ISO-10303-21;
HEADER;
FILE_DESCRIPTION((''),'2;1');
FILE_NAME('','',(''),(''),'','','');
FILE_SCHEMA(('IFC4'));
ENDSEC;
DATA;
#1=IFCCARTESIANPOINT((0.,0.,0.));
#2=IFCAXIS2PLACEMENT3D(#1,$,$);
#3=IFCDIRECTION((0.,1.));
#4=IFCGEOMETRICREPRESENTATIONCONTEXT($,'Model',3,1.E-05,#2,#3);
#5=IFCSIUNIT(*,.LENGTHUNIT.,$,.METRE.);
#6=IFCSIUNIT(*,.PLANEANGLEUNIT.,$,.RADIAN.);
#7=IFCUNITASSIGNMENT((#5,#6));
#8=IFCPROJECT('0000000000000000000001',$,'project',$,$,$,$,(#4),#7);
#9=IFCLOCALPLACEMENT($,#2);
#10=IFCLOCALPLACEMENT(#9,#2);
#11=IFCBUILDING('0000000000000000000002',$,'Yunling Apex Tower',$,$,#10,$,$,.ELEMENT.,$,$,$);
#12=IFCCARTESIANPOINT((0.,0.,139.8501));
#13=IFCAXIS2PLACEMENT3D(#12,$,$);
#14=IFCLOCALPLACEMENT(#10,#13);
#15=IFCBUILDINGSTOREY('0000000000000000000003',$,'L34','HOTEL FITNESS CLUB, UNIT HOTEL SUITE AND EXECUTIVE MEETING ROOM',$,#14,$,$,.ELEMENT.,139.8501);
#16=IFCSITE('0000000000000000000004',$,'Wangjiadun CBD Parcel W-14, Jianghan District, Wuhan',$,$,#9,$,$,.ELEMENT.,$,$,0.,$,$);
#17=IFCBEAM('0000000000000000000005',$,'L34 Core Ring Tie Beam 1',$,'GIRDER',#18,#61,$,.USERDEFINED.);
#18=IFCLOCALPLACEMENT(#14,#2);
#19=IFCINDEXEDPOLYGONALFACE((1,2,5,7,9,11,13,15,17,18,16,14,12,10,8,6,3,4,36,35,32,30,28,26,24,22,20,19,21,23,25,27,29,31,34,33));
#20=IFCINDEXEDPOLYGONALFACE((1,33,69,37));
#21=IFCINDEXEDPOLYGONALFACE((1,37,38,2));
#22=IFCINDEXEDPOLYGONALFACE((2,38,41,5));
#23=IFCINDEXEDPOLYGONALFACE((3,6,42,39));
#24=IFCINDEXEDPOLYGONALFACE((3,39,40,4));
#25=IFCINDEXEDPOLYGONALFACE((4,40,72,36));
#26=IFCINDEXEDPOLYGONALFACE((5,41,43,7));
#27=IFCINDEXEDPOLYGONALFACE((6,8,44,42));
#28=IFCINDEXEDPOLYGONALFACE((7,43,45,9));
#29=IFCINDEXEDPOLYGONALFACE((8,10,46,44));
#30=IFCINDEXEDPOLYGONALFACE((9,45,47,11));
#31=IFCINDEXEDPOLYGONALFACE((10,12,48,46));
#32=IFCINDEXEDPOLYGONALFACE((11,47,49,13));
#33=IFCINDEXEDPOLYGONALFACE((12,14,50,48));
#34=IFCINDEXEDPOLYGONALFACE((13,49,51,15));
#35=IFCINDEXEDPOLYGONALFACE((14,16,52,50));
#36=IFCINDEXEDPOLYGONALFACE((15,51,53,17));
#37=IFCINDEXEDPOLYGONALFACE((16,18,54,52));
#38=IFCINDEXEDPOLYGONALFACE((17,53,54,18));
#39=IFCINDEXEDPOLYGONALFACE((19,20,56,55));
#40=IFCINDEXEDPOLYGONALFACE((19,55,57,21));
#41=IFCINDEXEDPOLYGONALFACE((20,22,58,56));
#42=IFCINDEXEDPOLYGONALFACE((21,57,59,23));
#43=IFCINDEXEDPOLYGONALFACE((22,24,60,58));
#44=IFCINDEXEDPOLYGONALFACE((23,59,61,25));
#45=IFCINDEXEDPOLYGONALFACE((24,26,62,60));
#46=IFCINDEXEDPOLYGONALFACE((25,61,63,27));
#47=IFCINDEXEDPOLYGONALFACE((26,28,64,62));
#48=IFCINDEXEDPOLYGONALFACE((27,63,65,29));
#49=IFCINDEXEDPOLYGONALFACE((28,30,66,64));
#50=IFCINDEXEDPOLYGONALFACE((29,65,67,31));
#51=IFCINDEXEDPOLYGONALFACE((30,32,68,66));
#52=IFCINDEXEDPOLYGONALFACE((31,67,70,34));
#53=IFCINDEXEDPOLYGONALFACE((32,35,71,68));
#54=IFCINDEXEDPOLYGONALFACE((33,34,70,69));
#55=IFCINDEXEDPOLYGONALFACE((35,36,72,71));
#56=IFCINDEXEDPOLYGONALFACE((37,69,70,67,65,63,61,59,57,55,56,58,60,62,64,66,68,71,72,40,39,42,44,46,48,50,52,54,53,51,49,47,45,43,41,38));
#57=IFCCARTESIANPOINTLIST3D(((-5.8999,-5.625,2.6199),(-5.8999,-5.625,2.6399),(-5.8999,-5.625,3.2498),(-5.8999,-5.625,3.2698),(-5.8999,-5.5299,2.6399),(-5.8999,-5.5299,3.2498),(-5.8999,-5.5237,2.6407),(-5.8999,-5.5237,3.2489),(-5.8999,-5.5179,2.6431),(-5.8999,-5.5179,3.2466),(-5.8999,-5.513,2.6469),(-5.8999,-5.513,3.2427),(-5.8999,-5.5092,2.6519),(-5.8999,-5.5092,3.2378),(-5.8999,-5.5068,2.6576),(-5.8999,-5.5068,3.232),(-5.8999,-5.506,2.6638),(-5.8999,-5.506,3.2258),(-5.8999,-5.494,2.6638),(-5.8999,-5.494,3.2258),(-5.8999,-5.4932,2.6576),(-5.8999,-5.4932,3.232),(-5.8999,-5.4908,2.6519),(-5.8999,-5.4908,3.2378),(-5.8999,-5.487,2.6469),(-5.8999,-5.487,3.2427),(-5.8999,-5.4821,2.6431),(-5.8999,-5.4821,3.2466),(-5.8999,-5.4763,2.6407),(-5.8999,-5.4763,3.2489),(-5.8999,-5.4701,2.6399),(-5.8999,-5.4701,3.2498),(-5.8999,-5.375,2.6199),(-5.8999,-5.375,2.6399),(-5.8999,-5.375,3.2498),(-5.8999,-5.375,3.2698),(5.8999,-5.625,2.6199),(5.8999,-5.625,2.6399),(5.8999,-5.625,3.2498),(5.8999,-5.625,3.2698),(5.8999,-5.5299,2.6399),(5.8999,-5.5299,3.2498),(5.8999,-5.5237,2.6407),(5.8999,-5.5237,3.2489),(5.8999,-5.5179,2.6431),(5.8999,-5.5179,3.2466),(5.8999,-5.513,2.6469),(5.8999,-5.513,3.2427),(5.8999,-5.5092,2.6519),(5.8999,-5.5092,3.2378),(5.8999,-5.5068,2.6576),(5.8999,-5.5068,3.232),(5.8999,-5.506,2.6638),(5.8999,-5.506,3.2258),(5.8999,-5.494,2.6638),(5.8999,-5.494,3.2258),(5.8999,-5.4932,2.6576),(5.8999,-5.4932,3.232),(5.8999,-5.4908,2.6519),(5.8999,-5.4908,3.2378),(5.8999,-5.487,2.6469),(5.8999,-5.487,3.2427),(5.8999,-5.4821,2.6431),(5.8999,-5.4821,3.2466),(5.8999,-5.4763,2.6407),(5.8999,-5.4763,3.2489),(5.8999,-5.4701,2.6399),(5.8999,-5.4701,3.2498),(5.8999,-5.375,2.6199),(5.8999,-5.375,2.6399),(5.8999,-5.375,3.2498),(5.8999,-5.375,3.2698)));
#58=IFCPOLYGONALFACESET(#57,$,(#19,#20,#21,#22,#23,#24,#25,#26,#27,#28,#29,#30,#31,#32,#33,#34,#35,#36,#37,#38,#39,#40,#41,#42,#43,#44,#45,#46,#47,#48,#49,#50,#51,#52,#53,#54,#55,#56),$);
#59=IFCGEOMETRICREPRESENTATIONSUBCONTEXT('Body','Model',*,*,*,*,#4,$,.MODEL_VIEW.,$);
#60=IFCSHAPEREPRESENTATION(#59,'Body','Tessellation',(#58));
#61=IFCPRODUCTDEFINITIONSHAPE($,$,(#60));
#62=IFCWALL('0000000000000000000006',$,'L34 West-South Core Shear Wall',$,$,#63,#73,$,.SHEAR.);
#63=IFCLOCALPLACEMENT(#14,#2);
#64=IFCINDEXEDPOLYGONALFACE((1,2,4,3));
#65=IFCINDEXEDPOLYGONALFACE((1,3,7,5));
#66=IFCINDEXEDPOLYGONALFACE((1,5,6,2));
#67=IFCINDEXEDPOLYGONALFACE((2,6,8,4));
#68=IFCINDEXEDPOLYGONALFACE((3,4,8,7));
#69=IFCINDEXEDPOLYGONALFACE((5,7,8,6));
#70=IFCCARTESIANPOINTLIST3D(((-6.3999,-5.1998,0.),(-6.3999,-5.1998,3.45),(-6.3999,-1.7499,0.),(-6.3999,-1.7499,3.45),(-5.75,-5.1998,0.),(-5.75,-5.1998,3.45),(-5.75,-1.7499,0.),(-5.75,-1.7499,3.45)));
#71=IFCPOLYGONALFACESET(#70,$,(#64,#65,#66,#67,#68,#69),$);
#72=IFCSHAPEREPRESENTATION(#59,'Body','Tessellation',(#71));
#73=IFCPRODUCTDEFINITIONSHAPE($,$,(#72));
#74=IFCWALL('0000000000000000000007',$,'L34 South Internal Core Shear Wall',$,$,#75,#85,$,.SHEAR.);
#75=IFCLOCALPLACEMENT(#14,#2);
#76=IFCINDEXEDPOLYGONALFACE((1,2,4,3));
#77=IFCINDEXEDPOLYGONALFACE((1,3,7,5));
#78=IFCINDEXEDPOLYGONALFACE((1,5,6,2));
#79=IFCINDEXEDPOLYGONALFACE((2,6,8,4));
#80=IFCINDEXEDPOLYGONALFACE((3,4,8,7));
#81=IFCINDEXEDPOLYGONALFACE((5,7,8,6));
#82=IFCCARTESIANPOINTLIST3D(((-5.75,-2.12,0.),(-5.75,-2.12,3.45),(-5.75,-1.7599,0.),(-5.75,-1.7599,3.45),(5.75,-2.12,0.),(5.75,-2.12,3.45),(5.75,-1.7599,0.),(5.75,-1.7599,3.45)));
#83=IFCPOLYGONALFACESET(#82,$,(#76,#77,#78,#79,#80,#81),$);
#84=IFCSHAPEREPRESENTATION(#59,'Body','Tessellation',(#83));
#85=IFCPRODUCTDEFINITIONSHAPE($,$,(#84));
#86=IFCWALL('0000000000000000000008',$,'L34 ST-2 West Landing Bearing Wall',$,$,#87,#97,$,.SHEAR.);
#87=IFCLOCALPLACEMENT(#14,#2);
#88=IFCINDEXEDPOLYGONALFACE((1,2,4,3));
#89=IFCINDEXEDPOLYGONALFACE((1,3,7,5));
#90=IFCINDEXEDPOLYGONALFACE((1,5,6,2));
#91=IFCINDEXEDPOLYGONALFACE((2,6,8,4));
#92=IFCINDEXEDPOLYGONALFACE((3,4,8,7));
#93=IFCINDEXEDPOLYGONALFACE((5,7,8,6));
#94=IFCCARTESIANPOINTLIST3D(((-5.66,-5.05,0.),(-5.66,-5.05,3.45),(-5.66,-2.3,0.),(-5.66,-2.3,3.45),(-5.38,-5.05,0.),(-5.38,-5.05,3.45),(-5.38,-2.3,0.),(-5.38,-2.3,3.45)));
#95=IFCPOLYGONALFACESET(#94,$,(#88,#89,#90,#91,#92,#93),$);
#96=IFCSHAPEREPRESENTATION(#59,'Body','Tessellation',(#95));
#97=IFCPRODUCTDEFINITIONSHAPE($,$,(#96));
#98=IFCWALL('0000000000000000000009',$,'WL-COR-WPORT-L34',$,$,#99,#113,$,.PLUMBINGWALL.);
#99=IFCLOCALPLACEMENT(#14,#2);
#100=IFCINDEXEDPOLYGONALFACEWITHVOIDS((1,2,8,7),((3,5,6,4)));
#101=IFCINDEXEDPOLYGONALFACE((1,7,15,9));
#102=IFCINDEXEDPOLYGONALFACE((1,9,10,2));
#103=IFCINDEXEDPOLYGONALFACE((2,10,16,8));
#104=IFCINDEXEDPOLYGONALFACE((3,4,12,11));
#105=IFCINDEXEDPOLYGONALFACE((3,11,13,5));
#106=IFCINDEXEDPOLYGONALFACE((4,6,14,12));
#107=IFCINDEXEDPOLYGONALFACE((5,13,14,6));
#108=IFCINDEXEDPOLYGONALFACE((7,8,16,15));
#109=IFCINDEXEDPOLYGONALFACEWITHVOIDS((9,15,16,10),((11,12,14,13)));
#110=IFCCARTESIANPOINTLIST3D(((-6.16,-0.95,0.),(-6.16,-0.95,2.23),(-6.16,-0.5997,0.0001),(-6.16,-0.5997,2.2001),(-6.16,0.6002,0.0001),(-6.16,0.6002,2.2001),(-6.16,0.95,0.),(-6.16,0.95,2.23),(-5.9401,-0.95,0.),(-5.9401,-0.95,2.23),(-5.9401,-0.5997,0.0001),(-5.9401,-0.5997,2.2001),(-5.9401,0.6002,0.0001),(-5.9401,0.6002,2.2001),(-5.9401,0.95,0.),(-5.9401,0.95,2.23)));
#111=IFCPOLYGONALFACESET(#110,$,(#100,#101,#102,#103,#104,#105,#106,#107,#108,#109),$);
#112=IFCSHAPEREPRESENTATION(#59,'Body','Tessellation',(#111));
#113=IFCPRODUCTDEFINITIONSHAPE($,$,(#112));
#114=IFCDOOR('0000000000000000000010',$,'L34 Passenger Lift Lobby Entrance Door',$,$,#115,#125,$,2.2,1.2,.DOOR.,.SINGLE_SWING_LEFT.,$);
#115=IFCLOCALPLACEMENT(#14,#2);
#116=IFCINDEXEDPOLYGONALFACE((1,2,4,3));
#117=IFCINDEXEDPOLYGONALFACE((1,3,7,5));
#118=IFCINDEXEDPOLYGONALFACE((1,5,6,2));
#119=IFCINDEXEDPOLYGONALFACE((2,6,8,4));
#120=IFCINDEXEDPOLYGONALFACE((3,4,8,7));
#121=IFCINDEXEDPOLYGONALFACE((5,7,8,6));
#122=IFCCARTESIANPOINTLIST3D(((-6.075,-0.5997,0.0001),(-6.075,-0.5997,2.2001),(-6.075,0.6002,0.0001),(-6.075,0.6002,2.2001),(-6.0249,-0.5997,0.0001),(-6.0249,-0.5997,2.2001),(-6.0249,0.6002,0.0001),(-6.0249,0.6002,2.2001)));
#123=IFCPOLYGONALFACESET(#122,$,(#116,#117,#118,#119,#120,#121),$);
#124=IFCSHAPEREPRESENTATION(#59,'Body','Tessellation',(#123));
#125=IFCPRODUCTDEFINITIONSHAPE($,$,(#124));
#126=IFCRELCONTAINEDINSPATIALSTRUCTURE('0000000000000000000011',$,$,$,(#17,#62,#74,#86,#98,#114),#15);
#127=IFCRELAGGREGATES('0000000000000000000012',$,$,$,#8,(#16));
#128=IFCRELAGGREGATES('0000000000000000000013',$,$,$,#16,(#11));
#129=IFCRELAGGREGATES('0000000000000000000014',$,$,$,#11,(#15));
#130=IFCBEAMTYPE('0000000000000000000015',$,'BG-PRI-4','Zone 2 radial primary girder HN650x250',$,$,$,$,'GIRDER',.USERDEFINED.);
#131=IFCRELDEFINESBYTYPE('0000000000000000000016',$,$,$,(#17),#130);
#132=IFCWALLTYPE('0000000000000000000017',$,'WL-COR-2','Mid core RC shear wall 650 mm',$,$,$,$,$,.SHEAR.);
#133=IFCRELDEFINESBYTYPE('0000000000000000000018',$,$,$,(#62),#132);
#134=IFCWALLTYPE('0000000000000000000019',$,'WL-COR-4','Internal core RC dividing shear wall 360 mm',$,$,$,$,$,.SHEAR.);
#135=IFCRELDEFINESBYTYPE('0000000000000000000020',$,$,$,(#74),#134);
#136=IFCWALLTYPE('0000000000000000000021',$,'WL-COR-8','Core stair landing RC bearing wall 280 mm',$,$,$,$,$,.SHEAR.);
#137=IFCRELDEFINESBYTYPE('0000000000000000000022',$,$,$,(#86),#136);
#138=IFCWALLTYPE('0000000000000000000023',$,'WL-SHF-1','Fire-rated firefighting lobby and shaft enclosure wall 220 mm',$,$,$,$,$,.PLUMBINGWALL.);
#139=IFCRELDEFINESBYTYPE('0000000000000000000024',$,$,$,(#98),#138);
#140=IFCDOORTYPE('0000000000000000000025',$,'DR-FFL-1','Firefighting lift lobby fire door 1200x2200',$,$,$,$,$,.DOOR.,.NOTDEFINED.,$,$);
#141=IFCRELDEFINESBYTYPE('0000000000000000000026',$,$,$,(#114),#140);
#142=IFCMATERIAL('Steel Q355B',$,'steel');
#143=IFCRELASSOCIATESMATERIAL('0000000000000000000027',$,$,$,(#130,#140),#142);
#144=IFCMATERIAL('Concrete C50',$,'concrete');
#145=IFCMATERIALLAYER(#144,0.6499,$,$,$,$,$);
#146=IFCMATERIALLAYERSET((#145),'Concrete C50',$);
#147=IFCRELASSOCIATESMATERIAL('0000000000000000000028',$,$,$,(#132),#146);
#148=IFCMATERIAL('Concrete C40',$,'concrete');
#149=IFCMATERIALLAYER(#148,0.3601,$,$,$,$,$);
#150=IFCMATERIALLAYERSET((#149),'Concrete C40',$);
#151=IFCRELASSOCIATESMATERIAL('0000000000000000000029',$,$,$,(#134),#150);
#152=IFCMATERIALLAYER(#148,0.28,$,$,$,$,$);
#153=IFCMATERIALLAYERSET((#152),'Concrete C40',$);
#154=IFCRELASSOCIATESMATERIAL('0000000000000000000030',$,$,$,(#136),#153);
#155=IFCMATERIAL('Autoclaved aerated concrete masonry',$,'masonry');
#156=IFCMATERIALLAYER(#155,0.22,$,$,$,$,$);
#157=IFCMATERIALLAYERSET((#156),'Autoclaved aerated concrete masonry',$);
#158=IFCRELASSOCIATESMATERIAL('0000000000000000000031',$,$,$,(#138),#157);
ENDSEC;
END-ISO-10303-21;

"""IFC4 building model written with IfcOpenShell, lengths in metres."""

from ifc_helpers import new_model, si_unit, direction, frame, frame_2d, origin, origin_2d, place, context, subcontext, project, spatial, rectangle, i_section, extrude, source, transform, mapped, material, layer, layer_set, material_profile, profile_set, type_object, element, fill, save


model = new_model("IFC4")

# Units and contexts
model_context = context("Model", 3, precision=1e-05, world=origin(), true_north=direction((0.0, 1.0)))
body_context = subcontext(model_context, "Body", "Model", "MODEL_VIEW")
ifc_project = project(units=[si_unit("LENGTHUNIT", "METRE"), si_unit("PLANEANGLEUNIT", "RADIAN")], contexts=[model_context])

# Site, building, storey
site_placement = place(None, origin())
site = spatial("IfcSite", under=ifc_project, at=site_placement, Name="Wangjiadun CBD Parcel W-14, Jianghan District, Wuhan", CompositionType="ELEMENT", RefElevation=0.0)
building_placement = place(site_placement, origin())
building = spatial("IfcBuilding", under=site, at=building_placement, Name="Yunling Apex Tower", CompositionType="ELEMENT")
storey_placement = place(building_placement, frame((0.0, 0.0, 139.8501)))
storey = spatial("IfcBuildingStorey", under=building, at=storey_placement, Name="L34", Description="HOTEL FITNESS CLUB, UNIT HOTEL SUITE AND EXECUTIVE MEETING ROOM", CompositionType="ELEMENT", Elevation=139.8501)

# Shared definitions
ifc_material_1 = material(Name="Concrete C50", Category="concrete")

# Beam
ifc_material_2 = material(Name="Steel Q355B", Category="steel")
ifc_material_profile_1 = material_profile(ifc_material_2, i_section(OverallWidth=0.25, OverallDepth=0.6499, WebThickness=0.012, FlangeThickness=0.02, FilletRadius=0.0239, at=origin_2d()))
ifc_profile_set_1 = profile_set([ifc_material_profile_1], Name="Steel Q355B")
beam_type_1 = type_object("IfcBeamType", Name="BG-PRI-4", Description="Zone 2 radial primary girder HN650x250", ElementType="GIRDER", PredefinedType="USERDEFINED", material=ifc_profile_set_1)
shared_shape_1 = source(origin(), body_context, "Body", "SweptSolid", [
    extrude(i_section(OverallWidth=0.25, OverallDepth=0.6499, WebThickness=0.012, FlangeThickness=0.02, FilletRadius=0.0239, at=origin_2d()), origin(), (0.0, 0.0, 1.0), 11.7998),
])
beam_1_placement = place(storey_placement, frame((-5.8999, -5.5, 2.9448), z_axis=(1.0, 0.0, 0.0), x_axis=(0.0, 1.0, 0.0)))
element("IfcBeam", 1, at=beam_1_placement, inside=storey, type_object=beam_type_1, Name="L34 Core Ring Tie Beam 1", ObjectType="GIRDER", PredefinedType="USERDEFINED", context=body_context, shape_type="MappedRepresentation", body=[
    mapped(shared_shape_1, transform((0.0, 0.0, 0.0), scale=1.0)),
])

# Walls
ifc_layer_1 = layer(ifc_material_1, 0.6499)
ifc_layer_set_1 = layer_set([ifc_layer_1], Name="Concrete C50")
wall_type_1 = type_object("IfcWallType", Name="WL-COR-2", Description="Mid core RC shear wall 650 mm", PredefinedType="SHEAR", material=ifc_layer_set_1)
wall_1_placement = place(storey_placement, frame((-6.075, -5.2, 0.0), z_axis=(0.0, 0.0, 1.0), x_axis=(0.0, 1.0, 0.0)))
element("IfcWall", 2, at=wall_1_placement, inside=storey, type_object=wall_type_1, Name="L34 West-South Core Shear Wall", PredefinedType="SHEAR", context=body_context, shape_type="SweptSolid", body=[
    extrude(rectangle(XDim=3.45, YDim=0.6499, at=frame_2d((1.7251, 0.0))), origin(), (0.0, 0.0, 1.0), 3.45),
])
ifc_material_3 = material(Name="Concrete C40", Category="concrete")
ifc_layer_2 = layer(ifc_material_3, 0.3601)
ifc_layer_set_2 = layer_set([ifc_layer_2], Name="Concrete C40")
wall_type_2 = type_object("IfcWallType", Name="WL-COR-4", Description="Internal core RC dividing shear wall 360 mm", PredefinedType="SHEAR", material=ifc_layer_set_2)
wall_2_placement = place(storey_placement, frame((-5.75, -1.9399, 0.0), z_axis=(0.0, 0.0, 1.0), x_axis=(1.0, 0.0, 0.0)))
element("IfcWall", 3, at=wall_2_placement, inside=storey, type_object=wall_type_2, Name="L34 South Internal Core Shear Wall", PredefinedType="SHEAR", context=body_context, shape_type="SweptSolid", body=[
    extrude(rectangle(XDim=11.5, YDim=0.3601, at=frame_2d((5.75, 0.0))), origin(), (0.0, 0.0, 1.0), 3.45),
])
ifc_layer_3 = layer(ifc_material_3, 0.28)
ifc_layer_set_3 = layer_set([ifc_layer_3], Name="Concrete C40")
wall_type_3 = type_object("IfcWallType", Name="WL-COR-8", Description="Core stair landing RC bearing wall 280 mm", PredefinedType="SHEAR", material=ifc_layer_set_3)
wall_3_placement = place(storey_placement, frame((-5.52, -5.05, 0.0), z_axis=(0.0, 0.0, 1.0), x_axis=(0.0, 1.0, 0.0)))
element("IfcWall", 4, at=wall_3_placement, inside=storey, type_object=wall_type_3, Name="L34 ST-2 West Landing Bearing Wall", PredefinedType="SHEAR", context=body_context, shape_type="SweptSolid", body=[
    extrude(rectangle(XDim=2.75, YDim=0.28, at=frame_2d((1.375, 0.0))), origin(), (0.0, 0.0, 1.0), 3.45),
])

# Wall, opening, door
ifc_material_4 = material(Name="Autoclaved aerated concrete masonry", Category="masonry")
ifc_layer_4 = layer(ifc_material_4, 0.22)
ifc_layer_set_4 = layer_set([ifc_layer_4], Name="Autoclaved aerated concrete masonry")
wall_type_4 = type_object("IfcWallType", Name="WL-SHF-1", Description="Fire-rated firefighting lobby and shaft enclosure wall 220 mm", PredefinedType="PLUMBINGWALL", material=ifc_layer_set_4)
wall_4_placement = place(storey_placement, frame((-6.05, -0.95, 0.0), z_axis=(0.0, 0.0, 1.0), x_axis=(0.0, 1.0, 0.0)))
wall_4 = element("IfcWall", 5, at=wall_4_placement, inside=storey, type_object=wall_type_4, Name="WL-COR-WPORT-L34", PredefinedType="PLUMBINGWALL", context=body_context, shape_type="SweptSolid", body=[
    extrude(rectangle(XDim=1.8999, YDim=0.22, at=frame_2d((0.95, 0.0))), origin(), (0.0, 0.0, 1.0), 2.23),
])
opening_1_placement = place(wall_4_placement, frame((0.3501, 0.0, 0.0)))
opening_1 = element("IfcOpeningElement", 6, at=opening_1_placement, cuts=wall_4, PredefinedType="OPENING", context=body_context, shape_type="SweptSolid", body=[
    extrude(rectangle(XDim=1.2, YDim=2.2, at=frame_2d((0.6001, 1.1001))), frame((0.0, 0.1201, 0.0), z_axis=(0.0, -1.0, 0.0), x_axis=(1.0, 0.0, 0.0)), (0.0, 0.0, 1.0), 0.24),
])
door_type_1 = type_object("IfcDoorType", Name="DR-FFL-1", Description="Firefighting lift lobby fire door 1200x2200", OperationType="NOTDEFINED", PredefinedType="DOOR", material=ifc_material_2)
door_1_placement = place(opening_1_placement, origin())
door_1 = element("IfcDoor", 7, at=door_1_placement, inside=storey, type_object=door_type_1, Name="L34 Passenger Lift Lobby Entrance Door", OperationType="SINGLE_SWING_LEFT", OverallHeight=2.2, OverallWidth=1.2, PredefinedType="DOOR", context=body_context, shape_type="SweptSolid", body=[
    extrude(rectangle(XDim=1.2, YDim=2.2, at=frame_2d((0.6001, 1.1001))), frame((0.0, 0.0249, 0.0), z_axis=(0.0, -1.0, 0.0), x_axis=(1.0, 0.0, 0.0)), (0.0, 0.0, 1.0), 0.05),
])
fill(opening_1, door_1)

save(model, "model.ifc")
